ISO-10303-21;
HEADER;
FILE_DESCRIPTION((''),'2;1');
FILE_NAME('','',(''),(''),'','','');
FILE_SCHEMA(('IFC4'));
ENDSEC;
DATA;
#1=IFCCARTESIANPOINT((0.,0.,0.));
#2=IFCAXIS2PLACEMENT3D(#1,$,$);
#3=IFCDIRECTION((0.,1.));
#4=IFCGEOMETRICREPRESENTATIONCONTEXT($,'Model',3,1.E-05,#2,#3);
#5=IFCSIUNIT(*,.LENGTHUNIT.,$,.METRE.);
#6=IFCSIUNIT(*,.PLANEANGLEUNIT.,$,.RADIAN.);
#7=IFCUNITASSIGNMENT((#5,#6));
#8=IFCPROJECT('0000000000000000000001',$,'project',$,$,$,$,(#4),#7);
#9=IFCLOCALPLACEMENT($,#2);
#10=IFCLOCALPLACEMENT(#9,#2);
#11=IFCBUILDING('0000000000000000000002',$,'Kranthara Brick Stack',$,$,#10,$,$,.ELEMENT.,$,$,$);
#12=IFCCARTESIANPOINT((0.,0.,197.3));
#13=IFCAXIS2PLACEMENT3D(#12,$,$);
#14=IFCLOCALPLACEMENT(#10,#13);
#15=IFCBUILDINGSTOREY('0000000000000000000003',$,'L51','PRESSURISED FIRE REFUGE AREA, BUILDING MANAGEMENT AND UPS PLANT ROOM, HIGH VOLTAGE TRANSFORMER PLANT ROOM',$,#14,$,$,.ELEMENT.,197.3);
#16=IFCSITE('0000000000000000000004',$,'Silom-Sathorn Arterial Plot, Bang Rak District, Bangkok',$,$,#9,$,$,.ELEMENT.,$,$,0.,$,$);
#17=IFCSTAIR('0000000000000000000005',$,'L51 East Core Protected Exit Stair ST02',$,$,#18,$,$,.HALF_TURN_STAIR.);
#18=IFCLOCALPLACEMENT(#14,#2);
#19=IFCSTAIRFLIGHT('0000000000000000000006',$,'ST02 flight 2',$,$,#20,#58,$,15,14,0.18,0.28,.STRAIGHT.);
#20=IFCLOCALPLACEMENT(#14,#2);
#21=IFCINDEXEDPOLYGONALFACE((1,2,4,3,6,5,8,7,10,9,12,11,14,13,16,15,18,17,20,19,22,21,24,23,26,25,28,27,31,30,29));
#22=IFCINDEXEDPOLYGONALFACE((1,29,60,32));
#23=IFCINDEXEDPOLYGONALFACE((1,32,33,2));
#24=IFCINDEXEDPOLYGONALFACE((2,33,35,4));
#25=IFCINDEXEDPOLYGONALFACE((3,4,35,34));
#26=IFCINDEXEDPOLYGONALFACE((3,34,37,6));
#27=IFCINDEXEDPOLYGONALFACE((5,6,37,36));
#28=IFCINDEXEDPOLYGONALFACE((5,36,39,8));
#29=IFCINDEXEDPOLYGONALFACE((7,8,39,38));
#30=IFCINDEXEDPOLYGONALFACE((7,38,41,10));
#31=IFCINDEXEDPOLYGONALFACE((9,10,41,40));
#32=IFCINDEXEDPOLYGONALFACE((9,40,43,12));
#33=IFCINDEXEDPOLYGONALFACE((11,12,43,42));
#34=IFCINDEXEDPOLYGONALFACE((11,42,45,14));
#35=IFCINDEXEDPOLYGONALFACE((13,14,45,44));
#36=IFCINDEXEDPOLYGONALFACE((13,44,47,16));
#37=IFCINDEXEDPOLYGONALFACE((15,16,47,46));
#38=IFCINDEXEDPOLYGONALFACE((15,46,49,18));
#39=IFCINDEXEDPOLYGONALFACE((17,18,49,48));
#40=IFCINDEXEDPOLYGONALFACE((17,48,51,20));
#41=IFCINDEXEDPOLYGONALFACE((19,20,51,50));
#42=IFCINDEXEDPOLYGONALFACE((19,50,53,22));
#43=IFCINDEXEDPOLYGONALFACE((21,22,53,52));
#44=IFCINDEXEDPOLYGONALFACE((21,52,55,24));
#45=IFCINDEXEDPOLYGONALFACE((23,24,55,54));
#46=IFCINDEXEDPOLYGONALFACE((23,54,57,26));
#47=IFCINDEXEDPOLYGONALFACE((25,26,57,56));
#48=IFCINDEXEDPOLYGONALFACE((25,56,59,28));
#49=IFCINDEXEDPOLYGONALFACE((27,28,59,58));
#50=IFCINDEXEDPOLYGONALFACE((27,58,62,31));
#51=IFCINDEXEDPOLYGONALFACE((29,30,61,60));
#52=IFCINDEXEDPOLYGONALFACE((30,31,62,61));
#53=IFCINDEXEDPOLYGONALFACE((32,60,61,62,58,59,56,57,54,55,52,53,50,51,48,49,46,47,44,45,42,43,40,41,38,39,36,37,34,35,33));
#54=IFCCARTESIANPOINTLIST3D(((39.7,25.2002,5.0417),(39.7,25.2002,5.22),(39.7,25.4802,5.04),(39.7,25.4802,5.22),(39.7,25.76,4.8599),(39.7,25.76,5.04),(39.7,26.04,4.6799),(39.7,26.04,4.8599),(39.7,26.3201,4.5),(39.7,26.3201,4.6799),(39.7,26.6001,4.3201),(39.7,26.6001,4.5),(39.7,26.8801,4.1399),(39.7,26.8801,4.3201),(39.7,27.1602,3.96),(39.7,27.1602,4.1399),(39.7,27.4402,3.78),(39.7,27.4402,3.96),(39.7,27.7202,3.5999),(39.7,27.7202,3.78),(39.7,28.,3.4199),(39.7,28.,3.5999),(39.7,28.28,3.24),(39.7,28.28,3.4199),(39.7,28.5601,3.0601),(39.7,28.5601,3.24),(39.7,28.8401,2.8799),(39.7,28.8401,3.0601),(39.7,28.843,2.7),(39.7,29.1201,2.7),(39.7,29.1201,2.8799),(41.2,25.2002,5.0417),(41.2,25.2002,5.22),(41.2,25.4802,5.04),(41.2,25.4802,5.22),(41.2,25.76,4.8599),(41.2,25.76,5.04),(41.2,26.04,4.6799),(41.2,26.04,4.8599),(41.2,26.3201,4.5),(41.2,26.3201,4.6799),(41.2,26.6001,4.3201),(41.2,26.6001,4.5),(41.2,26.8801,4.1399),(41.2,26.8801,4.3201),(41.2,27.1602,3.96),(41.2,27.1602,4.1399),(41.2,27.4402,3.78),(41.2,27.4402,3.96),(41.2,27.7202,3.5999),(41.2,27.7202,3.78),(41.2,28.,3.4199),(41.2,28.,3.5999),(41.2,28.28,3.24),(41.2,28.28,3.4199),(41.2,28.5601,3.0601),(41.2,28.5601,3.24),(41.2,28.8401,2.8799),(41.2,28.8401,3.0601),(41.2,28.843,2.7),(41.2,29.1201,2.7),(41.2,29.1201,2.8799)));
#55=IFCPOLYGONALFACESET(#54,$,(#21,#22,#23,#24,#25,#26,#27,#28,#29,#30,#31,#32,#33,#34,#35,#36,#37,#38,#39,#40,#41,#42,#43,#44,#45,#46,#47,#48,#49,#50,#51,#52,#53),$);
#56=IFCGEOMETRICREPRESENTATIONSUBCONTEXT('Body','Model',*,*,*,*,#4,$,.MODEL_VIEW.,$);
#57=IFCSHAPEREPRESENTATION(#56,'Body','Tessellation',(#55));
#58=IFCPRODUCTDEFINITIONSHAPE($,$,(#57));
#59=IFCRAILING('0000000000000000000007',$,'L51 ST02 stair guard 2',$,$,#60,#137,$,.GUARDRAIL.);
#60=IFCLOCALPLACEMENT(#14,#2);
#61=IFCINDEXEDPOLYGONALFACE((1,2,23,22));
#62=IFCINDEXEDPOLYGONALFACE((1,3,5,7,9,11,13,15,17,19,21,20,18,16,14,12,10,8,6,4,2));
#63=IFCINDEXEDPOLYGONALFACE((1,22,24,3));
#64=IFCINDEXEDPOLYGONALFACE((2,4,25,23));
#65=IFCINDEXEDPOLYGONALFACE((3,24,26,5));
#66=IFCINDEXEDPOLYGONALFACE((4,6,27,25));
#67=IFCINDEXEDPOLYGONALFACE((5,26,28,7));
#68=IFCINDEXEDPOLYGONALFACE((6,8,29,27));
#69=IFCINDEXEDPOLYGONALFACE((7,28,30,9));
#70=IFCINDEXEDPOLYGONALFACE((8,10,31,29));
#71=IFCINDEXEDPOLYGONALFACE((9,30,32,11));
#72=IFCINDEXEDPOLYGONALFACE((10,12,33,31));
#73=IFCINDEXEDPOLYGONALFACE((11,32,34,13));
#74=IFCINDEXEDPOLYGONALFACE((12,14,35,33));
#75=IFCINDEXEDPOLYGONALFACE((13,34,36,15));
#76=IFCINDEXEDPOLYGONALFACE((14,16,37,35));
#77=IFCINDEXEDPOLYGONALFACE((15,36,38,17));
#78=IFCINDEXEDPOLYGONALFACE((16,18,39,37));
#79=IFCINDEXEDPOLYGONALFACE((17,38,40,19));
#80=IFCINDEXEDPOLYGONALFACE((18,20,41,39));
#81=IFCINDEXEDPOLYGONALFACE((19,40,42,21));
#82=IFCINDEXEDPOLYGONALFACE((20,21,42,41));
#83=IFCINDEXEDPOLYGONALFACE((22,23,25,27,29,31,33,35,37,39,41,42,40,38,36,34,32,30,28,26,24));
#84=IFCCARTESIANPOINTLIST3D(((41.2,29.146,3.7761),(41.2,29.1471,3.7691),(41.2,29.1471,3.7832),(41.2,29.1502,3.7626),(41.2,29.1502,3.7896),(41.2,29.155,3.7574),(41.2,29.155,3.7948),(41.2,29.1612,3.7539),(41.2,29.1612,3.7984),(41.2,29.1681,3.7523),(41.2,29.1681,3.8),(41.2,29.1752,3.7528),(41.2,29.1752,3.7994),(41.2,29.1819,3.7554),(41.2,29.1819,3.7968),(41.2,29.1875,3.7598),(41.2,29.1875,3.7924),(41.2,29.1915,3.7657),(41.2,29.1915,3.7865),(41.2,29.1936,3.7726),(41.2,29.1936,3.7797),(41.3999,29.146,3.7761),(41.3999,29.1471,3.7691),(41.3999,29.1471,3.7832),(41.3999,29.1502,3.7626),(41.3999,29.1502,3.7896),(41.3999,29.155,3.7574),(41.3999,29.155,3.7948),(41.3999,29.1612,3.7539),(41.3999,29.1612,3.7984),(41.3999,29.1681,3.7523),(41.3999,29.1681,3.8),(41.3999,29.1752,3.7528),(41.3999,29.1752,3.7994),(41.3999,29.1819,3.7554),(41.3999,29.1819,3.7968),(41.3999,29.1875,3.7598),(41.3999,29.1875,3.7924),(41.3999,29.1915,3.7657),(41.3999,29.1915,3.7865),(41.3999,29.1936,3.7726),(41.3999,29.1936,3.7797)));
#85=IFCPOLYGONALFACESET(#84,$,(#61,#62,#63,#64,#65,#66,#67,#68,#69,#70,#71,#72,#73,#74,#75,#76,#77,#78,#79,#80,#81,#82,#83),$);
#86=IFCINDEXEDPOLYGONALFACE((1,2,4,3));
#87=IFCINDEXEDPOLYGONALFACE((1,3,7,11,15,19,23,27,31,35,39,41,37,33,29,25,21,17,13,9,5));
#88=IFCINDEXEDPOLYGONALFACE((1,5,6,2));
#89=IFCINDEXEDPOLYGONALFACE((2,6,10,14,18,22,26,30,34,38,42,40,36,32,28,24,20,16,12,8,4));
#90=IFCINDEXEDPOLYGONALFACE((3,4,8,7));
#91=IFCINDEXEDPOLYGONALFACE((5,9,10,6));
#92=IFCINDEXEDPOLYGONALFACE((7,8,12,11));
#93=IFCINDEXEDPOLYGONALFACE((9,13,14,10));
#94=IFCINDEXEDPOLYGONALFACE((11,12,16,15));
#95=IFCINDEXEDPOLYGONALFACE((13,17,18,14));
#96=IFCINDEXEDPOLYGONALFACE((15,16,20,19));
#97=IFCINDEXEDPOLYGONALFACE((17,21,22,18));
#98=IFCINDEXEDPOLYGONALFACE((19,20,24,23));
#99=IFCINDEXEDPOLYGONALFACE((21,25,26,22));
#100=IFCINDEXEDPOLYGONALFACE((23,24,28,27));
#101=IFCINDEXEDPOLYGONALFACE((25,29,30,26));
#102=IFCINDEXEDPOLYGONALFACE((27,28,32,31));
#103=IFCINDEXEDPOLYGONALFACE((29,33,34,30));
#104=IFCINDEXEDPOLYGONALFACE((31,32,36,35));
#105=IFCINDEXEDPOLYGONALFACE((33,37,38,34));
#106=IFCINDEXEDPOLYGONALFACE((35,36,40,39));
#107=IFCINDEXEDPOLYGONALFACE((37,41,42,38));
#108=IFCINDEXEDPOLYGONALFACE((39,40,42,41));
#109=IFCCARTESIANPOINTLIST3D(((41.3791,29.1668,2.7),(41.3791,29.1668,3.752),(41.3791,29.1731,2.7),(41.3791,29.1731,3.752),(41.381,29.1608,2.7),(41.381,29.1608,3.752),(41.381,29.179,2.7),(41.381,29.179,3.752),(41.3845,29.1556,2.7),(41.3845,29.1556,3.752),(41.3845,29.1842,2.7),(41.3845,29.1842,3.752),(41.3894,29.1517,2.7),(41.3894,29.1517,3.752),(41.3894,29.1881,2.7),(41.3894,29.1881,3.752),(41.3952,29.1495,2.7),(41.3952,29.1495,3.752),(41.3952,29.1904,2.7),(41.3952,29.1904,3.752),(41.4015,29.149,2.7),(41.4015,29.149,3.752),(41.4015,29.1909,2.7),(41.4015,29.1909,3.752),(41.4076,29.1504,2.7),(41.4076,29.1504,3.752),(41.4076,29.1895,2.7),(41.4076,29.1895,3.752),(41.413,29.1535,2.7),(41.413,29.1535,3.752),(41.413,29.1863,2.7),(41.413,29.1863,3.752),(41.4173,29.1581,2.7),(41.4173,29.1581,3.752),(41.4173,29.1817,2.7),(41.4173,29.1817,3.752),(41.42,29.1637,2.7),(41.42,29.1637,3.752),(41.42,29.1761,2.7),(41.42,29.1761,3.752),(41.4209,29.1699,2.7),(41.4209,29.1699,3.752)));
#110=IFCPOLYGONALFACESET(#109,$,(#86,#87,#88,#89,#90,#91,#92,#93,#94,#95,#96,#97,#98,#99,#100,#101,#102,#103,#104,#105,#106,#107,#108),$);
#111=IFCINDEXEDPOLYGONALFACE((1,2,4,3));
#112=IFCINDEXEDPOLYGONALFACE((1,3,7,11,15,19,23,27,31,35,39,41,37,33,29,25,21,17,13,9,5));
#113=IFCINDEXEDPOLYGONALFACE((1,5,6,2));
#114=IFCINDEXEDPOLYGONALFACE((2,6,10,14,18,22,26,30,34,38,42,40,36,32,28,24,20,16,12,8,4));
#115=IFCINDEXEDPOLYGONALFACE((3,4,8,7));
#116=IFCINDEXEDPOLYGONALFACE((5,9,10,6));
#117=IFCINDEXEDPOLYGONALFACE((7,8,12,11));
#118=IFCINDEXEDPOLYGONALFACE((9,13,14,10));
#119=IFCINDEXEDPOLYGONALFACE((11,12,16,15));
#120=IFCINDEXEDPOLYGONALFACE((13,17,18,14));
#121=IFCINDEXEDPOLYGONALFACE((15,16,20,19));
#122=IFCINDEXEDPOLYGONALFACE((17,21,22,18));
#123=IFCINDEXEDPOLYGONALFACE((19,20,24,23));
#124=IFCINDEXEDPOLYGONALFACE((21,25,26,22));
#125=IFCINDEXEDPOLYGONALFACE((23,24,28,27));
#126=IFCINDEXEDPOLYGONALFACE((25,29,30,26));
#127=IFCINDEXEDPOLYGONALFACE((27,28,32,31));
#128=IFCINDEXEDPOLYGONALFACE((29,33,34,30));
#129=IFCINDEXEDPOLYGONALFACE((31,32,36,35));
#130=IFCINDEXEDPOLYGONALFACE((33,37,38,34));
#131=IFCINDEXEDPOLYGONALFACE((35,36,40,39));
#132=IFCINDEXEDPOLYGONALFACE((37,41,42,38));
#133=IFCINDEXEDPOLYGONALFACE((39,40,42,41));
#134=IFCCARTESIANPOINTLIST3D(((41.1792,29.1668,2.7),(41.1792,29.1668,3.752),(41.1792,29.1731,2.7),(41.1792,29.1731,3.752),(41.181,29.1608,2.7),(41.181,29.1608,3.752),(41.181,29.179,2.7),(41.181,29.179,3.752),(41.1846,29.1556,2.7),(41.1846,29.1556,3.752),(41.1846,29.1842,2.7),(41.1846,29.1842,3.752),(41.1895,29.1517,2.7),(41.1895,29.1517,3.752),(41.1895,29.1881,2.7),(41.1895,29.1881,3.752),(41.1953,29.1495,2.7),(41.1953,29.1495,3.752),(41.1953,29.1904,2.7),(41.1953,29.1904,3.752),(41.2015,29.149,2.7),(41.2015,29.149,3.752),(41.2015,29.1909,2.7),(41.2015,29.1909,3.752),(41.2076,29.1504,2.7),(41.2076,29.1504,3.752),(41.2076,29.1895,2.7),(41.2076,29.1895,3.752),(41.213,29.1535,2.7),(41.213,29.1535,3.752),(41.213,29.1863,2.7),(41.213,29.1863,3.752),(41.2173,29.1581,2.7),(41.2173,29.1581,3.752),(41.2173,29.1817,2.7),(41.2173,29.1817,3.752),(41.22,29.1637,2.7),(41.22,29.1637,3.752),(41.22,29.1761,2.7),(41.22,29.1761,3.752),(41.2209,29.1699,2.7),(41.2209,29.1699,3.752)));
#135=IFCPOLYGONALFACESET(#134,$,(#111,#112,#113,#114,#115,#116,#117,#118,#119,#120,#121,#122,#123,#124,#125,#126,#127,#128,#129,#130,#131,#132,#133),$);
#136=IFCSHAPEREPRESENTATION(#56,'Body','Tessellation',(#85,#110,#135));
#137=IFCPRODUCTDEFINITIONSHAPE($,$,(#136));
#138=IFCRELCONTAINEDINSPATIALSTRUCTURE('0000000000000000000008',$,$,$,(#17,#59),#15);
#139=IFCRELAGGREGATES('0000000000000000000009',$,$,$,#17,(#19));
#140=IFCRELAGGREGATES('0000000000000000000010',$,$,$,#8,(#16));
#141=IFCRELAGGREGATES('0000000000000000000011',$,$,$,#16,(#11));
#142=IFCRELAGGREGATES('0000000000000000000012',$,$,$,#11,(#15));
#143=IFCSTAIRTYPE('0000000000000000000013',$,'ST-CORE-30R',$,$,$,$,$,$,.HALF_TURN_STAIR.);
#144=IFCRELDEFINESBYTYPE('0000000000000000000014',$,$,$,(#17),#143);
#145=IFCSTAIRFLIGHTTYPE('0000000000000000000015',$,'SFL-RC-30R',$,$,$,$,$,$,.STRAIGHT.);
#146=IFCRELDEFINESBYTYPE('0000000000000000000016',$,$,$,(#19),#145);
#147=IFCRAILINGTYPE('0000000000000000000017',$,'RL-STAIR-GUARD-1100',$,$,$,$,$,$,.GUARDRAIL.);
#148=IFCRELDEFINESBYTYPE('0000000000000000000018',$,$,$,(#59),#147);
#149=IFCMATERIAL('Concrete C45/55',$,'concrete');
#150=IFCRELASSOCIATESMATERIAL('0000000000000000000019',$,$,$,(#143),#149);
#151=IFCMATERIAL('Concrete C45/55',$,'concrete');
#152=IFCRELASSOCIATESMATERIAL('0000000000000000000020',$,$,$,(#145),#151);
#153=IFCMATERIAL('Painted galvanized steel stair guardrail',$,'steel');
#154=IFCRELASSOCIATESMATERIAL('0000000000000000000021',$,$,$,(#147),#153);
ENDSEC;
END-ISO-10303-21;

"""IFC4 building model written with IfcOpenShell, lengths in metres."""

from ifc_helpers import new_model, si_unit, direction, frame, origin, origin_2d, place, context, subcontext, project, spatial, polyline, circle, outline, extrude, material, type_object, element, aggregate, save


model = new_model("IFC4")

# Units and contexts
model_context = context("Model", 3, precision=1e-05, world=origin(), true_north=direction((0.0, 1.0)))
body_context = subcontext(model_context, "Body", "Model", "MODEL_VIEW")
ifc_project = project(units=[si_unit("LENGTHUNIT", "METRE"), si_unit("PLANEANGLEUNIT", "RADIAN")], contexts=[model_context])

# Site, building, storey
site_placement = place(None, origin())
site = spatial("IfcSite", under=ifc_project, at=site_placement, Name="Silom-Sathorn Arterial Plot, Bang Rak District, Bangkok", CompositionType="ELEMENT", RefElevation=0.0)
building_placement = place(site_placement, origin())
building = spatial("IfcBuilding", under=site, at=building_placement, Name="Kranthara Brick Stack", CompositionType="ELEMENT")
storey_placement = place(building_placement, frame((0.0, 0.0, 197.3)))
storey = spatial("IfcBuildingStorey", under=building, at=storey_placement, Name="L51", Description="PRESSURISED FIRE REFUGE AREA, BUILDING MANAGEMENT AND UPS PLANT ROOM, HIGH VOLTAGE TRANSFORMER PLANT ROOM", CompositionType="ELEMENT", Elevation=197.3)

# Stair, stair flight
ifc_material_1 = material(Name="Concrete C45/55", Category="concrete")
stair_type = type_object("IfcStairType", Name="ST-CORE-30R", PredefinedType="HALF_TURN_STAIR", material=ifc_material_1)
stair_placement = place(storey_placement, origin())
stair = element("IfcStair", 1, at=stair_placement, inside=storey, type_object=stair_type, Name="L51 East Core Protected Exit Stair ST02", PredefinedType="HALF_TURN_STAIR")
ifc_material_2 = material(Name="Concrete C45/55", Category="concrete")
stair_flight_type = type_object("IfcStairFlightType", Name="SFL-RC-30R", PredefinedType="STRAIGHT", material=ifc_material_2)
stair_flight_placement = place(storey_placement, frame((40.45, 29.1201, 2.7), z_axis=(0.0, 0.0, 1.0), x_axis=(0.0, -1.0, 0.0)))
stair_flight = element("IfcStairFlight", 2, at=stair_flight_placement, type_object=stair_flight_type, Name="ST02 flight 2", NumberOfRisers=15, NumberOfTreads=14, PredefinedType="STRAIGHT", RiserHeight=0.18, TreadLength=0.28, context=body_context, shape_type="SweptSolid", body=[
    extrude(outline(polyline([(0.0, 0.0), (0.0, 0.1799), (0.28, 0.1799), (0.28, 0.3601), (0.5601, 0.3601), (0.5601, 0.54), (0.8401, 0.54), (0.8401, 0.72), (1.1201, 0.72), (1.1201, 0.8999), (1.3999, 0.8999), (1.3999, 1.0801), (1.6799, 1.0801), (1.6799, 1.26), (1.96, 1.26), (1.96, 1.4399), (2.24, 1.4399), (2.24, 1.6201), (2.52, 1.6201), (2.52, 1.8), (2.8, 1.8), (2.8, 1.98), (3.0801, 1.98), (3.0801, 2.1599), (3.3601, 2.1599), (3.3601, 2.3401), (3.6399, 2.3401), (3.6399, 2.52), (3.9199, 2.52), (3.9199, 2.7), (3.9199, 2.3418), (0.2771, 0.0), (0.0, 0.0)])), frame((0.0, 0.75, 0.0), z_axis=(0.0, -1.0, 0.0), x_axis=(1.0, 0.0, 0.0)), (0.0, 0.0, 1.0), 1.5),
])
aggregate(stair, [stair_flight])

# Railing
ifc_material_3 = material(Name="Painted galvanized steel stair guardrail", Category="steel")
railing_type_1 = type_object("IfcRailingType", Name="RL-STAIR-GUARD-1100", PredefinedType="GUARDRAIL", material=ifc_material_3)
railing_1_placement = place(storey_placement, frame((41.3999, 29.1699, 2.7)))
element("IfcRailing", 3, at=railing_1_placement, inside=storey, type_object=railing_type_1, Name="L51 ST02 stair guard 2", PredefinedType="GUARDRAIL", context=body_context, shape_type="SweptSolid", body=[
    extrude(circle(Radius=0.0239, at=origin_2d()), frame((0.0, 0.0, 1.0762), z_axis=(-1.0, 0.0, 0.0), x_axis=(0.0, -1.0, 0.0)), (0.0, 0.0, 1.0), 0.2),
    extrude(circle(Radius=0.021, at=origin_2d()), origin(), (0.0, 0.0, 1.0), 1.052),
    extrude(circle(Radius=0.021, at=origin_2d()), frame((-0.2, 0.0, 0.0)), (0.0, 0.0, 1.0), 1.052),
])

save(model, "model.ifc")
